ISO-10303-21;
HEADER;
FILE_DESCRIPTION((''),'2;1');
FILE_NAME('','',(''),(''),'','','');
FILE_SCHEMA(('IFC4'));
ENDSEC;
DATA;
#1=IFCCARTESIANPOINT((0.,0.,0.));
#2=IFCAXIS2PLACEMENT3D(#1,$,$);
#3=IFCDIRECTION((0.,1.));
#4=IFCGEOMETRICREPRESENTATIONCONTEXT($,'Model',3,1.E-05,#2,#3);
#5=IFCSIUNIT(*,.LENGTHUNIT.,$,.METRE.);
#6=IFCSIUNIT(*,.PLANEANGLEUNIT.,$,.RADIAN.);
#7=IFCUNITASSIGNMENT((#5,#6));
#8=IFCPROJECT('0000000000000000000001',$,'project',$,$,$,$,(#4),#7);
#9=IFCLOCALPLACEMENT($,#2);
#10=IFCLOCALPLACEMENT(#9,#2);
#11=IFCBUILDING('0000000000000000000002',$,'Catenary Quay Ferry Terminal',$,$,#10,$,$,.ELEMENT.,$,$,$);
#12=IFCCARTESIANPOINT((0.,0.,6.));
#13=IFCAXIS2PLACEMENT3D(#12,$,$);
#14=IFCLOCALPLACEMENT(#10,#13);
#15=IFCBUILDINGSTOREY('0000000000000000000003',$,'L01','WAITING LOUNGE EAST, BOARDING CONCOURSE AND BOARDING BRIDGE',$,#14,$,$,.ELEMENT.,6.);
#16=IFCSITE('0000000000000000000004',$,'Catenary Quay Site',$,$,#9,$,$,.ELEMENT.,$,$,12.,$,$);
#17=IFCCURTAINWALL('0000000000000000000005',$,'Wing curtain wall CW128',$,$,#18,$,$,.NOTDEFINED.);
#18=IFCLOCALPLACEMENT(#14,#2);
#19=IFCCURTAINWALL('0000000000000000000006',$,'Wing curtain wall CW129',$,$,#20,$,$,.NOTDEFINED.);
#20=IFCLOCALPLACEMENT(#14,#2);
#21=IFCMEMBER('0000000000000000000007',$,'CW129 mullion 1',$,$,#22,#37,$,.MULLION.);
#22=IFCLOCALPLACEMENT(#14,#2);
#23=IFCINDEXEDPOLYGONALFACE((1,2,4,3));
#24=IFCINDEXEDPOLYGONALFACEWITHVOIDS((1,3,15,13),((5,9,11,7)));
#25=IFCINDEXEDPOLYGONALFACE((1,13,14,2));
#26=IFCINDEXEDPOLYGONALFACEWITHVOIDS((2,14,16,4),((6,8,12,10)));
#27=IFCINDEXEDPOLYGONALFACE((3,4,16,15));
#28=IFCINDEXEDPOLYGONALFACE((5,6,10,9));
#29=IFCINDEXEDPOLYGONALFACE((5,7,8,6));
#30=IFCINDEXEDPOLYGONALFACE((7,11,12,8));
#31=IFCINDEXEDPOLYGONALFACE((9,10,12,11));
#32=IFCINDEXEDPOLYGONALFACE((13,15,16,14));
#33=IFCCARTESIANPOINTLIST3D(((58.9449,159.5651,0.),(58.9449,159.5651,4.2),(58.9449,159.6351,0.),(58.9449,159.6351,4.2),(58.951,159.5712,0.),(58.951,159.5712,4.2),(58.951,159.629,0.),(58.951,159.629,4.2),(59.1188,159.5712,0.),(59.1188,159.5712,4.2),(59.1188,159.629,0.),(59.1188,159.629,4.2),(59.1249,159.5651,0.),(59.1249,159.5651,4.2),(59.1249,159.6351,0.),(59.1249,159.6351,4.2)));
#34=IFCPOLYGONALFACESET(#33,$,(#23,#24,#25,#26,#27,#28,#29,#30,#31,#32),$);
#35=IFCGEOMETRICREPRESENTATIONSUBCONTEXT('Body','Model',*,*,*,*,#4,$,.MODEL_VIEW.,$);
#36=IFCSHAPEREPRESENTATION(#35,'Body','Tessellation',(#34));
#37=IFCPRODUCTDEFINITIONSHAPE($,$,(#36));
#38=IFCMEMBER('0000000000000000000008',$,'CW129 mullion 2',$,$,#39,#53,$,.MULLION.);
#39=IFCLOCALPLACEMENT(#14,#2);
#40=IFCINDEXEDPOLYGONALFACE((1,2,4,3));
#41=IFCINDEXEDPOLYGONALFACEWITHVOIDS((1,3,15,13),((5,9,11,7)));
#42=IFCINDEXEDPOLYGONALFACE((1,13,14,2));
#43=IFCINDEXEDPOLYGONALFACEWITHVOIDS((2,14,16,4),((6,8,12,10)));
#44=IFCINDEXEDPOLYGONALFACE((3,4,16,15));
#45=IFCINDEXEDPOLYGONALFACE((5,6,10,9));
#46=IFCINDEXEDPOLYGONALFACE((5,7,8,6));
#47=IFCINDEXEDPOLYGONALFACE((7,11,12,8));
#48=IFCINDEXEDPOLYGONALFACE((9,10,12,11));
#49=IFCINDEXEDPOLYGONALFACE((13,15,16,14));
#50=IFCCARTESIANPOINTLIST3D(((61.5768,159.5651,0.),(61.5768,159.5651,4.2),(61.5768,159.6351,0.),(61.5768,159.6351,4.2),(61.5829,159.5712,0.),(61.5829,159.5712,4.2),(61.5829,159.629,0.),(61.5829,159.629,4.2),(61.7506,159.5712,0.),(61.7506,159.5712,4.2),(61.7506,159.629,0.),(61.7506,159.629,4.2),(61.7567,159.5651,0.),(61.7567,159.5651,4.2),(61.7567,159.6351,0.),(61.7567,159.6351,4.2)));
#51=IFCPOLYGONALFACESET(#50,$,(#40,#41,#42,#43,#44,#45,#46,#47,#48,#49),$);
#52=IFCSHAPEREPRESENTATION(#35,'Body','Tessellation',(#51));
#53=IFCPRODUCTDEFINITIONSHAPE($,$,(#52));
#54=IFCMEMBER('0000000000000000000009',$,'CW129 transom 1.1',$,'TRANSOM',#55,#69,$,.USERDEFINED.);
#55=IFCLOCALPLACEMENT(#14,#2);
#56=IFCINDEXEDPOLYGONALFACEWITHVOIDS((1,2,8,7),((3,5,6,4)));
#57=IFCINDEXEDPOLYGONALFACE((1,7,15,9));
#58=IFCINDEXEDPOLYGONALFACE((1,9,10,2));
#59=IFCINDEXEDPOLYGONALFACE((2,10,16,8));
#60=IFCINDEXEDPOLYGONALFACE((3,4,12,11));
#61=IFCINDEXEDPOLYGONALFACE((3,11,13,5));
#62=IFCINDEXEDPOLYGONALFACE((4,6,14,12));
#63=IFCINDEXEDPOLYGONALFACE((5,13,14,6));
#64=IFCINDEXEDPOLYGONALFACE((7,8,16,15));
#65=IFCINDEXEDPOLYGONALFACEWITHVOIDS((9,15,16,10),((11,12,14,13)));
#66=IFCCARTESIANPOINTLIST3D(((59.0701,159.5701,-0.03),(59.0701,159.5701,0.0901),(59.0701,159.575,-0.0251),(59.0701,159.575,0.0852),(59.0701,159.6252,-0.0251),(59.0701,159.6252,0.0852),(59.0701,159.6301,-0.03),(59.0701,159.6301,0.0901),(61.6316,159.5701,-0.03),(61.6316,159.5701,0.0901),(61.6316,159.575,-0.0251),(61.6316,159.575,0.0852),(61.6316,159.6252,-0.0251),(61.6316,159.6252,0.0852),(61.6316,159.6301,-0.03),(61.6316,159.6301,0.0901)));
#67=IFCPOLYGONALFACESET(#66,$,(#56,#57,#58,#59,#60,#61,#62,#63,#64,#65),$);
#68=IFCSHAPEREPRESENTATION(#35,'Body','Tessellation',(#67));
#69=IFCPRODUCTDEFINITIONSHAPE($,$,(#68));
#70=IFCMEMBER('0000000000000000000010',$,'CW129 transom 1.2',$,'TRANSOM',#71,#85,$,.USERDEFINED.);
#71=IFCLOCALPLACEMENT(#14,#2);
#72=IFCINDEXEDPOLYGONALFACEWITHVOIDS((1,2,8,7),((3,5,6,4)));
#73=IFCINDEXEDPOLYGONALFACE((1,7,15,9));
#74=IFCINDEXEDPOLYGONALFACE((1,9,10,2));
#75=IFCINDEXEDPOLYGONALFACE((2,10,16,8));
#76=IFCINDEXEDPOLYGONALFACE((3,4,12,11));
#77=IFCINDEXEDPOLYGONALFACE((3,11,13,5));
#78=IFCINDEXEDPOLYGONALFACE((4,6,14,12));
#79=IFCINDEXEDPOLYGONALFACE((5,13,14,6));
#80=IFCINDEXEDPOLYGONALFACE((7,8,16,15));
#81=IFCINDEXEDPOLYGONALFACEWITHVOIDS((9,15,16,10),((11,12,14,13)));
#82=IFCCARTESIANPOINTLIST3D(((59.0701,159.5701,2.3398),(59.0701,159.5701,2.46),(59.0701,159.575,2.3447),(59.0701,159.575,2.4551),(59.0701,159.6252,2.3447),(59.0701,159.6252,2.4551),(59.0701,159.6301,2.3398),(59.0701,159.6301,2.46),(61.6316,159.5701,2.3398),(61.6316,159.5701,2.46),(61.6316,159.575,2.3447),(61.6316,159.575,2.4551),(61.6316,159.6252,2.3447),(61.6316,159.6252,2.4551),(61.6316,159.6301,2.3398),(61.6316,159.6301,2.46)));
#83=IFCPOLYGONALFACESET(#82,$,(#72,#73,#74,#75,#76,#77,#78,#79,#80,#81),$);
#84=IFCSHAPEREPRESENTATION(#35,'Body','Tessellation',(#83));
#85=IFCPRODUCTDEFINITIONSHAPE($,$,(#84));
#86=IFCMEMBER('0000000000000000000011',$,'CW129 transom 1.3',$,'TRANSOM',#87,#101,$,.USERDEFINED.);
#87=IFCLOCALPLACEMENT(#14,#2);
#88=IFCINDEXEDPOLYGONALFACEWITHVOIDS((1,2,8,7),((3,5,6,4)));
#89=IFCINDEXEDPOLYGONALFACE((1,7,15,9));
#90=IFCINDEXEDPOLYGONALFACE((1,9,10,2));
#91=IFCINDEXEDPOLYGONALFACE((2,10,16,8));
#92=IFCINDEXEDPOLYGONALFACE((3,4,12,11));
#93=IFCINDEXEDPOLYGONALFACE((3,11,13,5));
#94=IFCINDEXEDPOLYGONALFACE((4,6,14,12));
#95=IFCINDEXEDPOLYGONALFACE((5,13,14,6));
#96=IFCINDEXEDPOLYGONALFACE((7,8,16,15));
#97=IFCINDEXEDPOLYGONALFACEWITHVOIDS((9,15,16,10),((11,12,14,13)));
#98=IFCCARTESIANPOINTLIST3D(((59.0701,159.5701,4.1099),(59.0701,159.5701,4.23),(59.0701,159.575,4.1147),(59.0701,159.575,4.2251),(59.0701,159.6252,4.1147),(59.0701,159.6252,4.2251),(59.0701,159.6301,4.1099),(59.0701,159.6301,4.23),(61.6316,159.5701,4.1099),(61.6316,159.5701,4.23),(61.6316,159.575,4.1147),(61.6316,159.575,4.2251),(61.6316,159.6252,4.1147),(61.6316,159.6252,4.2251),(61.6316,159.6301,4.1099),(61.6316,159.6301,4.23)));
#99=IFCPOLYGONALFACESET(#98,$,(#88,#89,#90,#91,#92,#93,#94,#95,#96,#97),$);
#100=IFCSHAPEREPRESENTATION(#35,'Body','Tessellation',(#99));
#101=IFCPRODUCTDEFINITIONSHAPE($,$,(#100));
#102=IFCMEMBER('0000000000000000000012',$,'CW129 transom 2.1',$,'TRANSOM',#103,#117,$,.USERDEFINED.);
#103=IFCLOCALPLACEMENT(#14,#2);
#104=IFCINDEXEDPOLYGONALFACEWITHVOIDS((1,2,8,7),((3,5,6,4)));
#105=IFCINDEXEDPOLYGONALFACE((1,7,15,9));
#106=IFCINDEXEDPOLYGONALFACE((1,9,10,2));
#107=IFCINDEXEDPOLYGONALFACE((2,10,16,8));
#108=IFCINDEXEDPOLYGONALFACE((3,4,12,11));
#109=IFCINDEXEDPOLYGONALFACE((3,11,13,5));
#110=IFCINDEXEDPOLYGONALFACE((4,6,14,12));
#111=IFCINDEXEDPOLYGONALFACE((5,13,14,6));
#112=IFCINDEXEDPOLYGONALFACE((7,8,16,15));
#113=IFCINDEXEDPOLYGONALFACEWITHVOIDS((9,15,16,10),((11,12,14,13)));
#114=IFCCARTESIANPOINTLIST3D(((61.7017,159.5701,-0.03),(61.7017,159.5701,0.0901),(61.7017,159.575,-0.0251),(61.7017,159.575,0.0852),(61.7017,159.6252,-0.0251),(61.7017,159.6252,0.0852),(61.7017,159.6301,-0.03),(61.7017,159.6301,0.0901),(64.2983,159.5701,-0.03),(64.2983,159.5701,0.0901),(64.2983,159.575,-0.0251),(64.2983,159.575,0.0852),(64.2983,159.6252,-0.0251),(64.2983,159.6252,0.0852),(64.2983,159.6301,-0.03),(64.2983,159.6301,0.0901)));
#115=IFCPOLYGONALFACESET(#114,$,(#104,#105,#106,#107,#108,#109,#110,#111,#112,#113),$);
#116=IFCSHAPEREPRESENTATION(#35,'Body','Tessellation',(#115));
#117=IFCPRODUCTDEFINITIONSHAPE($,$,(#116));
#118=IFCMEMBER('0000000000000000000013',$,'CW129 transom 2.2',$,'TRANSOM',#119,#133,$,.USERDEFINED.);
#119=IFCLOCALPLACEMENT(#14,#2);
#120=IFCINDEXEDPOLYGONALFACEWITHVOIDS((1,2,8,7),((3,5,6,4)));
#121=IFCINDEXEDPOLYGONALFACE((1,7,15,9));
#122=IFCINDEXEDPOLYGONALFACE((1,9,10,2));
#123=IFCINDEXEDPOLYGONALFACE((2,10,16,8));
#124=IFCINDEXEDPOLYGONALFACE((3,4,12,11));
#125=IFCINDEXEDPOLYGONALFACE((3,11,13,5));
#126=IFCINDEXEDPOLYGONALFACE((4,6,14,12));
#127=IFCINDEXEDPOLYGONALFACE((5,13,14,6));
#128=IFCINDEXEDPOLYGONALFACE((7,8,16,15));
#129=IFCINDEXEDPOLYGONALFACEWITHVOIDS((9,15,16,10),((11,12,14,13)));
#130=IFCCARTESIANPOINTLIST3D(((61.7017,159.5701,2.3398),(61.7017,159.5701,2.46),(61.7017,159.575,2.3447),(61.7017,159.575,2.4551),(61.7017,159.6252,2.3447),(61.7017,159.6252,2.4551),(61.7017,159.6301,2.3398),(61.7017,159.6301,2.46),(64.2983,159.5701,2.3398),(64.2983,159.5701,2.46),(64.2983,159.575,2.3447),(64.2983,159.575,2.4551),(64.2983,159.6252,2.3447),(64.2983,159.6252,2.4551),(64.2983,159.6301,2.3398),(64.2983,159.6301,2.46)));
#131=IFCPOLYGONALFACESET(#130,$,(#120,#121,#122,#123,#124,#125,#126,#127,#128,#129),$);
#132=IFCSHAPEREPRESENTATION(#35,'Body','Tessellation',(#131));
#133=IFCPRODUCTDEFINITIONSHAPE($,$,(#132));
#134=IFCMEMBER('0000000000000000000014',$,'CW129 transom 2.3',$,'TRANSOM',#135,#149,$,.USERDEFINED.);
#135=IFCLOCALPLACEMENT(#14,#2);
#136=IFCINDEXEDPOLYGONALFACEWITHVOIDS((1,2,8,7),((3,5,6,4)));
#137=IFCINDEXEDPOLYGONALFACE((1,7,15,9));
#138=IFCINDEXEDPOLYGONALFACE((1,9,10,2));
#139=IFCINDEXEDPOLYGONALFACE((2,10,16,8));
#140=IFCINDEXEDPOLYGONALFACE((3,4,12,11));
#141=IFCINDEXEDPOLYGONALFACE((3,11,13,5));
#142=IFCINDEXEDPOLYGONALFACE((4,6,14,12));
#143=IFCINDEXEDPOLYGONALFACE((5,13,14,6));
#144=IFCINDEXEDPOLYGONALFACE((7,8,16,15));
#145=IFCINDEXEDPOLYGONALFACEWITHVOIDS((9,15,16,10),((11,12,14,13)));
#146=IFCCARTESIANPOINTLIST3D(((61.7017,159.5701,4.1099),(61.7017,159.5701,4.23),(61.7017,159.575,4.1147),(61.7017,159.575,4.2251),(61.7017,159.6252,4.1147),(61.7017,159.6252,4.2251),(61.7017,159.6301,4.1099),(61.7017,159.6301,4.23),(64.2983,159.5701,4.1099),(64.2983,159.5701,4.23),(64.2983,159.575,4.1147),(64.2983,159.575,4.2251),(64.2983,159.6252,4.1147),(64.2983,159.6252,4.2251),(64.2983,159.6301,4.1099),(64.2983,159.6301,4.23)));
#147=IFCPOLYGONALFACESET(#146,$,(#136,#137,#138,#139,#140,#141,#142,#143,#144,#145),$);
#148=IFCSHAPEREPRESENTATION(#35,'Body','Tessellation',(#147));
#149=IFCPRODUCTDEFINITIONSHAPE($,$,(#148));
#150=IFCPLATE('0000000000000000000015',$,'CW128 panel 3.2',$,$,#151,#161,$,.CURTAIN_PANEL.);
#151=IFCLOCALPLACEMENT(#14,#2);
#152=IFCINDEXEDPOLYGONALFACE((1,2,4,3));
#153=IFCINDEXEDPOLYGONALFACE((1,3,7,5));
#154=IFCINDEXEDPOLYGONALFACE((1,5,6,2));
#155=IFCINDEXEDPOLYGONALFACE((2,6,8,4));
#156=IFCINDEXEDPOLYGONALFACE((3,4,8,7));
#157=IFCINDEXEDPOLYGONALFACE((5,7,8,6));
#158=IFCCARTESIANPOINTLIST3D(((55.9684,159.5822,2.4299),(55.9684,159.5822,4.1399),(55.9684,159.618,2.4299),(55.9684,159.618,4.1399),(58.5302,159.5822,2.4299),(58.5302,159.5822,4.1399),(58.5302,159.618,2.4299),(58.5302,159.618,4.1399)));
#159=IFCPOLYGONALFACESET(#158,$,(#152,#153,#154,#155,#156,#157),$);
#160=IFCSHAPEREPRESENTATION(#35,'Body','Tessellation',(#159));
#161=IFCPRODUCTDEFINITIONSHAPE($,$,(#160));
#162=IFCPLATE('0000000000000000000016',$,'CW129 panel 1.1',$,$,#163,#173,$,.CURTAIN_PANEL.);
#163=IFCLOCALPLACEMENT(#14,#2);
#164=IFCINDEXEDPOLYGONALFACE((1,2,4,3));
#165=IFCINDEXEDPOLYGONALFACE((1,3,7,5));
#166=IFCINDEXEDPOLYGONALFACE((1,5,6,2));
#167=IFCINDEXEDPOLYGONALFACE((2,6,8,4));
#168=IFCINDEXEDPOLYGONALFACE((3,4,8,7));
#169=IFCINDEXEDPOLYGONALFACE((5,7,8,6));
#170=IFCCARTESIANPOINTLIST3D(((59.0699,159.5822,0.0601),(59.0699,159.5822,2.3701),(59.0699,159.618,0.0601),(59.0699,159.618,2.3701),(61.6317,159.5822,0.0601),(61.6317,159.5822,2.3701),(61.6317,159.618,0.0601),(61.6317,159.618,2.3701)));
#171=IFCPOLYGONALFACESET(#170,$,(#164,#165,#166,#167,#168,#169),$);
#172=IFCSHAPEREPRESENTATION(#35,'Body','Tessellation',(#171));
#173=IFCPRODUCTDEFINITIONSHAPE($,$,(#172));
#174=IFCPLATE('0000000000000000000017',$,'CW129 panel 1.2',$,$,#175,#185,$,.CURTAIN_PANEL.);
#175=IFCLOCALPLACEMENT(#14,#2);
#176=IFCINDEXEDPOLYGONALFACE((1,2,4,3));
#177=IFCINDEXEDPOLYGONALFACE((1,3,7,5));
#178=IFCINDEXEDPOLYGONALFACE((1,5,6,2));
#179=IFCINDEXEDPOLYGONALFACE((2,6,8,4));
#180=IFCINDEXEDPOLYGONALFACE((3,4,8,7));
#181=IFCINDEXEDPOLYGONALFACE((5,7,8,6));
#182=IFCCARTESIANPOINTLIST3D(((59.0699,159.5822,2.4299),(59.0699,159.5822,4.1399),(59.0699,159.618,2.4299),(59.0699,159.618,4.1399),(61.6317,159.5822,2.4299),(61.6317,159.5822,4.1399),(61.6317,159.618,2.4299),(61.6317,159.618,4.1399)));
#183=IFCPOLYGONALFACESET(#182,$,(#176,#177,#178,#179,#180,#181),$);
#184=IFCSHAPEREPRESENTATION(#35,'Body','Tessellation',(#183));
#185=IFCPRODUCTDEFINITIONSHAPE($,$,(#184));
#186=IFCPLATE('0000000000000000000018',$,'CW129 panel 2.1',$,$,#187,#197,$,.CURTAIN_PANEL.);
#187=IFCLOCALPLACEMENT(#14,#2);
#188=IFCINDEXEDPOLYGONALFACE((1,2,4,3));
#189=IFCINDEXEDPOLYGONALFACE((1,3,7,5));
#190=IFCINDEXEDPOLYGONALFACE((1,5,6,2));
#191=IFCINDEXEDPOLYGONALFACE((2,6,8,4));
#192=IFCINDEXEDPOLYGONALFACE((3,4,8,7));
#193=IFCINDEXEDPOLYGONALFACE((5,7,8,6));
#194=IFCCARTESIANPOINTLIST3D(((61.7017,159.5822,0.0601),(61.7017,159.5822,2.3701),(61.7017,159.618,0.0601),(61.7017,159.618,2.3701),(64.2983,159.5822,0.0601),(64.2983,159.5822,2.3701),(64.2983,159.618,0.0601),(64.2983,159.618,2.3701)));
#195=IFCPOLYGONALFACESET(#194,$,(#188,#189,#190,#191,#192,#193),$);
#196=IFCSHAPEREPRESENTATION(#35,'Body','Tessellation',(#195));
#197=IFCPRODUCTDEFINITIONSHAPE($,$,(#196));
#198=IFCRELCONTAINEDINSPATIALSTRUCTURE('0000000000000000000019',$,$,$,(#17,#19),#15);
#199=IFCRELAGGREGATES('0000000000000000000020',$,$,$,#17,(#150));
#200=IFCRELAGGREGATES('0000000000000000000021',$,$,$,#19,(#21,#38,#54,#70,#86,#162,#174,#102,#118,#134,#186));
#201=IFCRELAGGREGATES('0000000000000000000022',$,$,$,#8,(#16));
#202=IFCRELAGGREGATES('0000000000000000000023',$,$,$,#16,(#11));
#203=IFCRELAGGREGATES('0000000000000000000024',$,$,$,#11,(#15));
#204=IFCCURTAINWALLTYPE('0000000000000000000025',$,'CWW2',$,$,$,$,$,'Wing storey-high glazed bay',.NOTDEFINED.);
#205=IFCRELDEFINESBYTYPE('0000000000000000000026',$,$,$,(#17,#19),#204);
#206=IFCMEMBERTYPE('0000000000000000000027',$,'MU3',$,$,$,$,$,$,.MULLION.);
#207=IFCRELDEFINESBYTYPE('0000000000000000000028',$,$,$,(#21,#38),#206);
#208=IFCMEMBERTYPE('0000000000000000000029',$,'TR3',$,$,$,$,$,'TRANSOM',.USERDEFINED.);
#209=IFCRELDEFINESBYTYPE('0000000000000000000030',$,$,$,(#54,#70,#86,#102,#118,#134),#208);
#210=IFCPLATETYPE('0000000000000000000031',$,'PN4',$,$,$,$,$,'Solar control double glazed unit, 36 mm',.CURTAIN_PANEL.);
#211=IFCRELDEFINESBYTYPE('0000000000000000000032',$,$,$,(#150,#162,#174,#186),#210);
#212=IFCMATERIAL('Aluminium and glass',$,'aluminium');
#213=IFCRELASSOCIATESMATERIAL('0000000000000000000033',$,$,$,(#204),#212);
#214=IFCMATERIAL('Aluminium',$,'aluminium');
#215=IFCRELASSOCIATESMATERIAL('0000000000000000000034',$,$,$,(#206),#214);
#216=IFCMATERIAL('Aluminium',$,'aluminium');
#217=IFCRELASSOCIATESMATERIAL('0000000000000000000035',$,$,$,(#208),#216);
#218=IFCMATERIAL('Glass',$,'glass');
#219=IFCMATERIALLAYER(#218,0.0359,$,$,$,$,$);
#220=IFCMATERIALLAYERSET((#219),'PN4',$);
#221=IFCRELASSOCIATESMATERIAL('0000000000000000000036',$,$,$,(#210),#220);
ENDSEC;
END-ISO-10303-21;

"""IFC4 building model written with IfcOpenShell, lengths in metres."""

from ifc_helpers import new_model, si_unit, direction, frame, origin, origin_2d, place, context, subcontext, project, spatial, rectangle, hollow_rectangle, extrude, material, layer, layer_set, material_profile, profile_set, type_object, element, aggregate, save


model = new_model("IFC4")

# Units and contexts
model_context = context("Model", 3, precision=1e-05, world=origin(), true_north=direction((0.0, 1.0)))
body_context = subcontext(model_context, "Body", "Model", "MODEL_VIEW")
ifc_project = project(units=[si_unit("LENGTHUNIT", "METRE"), si_unit("PLANEANGLEUNIT", "RADIAN")], contexts=[model_context])

# Site, building, storey
site_placement = place(None, origin())
site = spatial("IfcSite", under=ifc_project, at=site_placement, Name="Catenary Quay Site", CompositionType="ELEMENT", RefElevation=12.0)
building_placement = place(site_placement, origin())
building = spatial("IfcBuilding", under=site, at=building_placement, Name="Catenary Quay Ferry Terminal", CompositionType="ELEMENT")
storey_placement = place(building_placement, frame((0.0, 0.0, 6.0)))
storey = spatial("IfcBuildingStorey", under=building, at=storey_placement, Name="L01", Description="WAITING LOUNGE EAST, BOARDING CONCOURSE AND BOARDING BRIDGE", CompositionType="ELEMENT", Elevation=6.0)

# Curtain wall
ifc_material_1 = material(Name="Aluminium and glass", Category="aluminium")
curtain_wall_type = type_object("IfcCurtainWallType", Name="CWW2", ElementType="Wing storey-high glazed bay", PredefinedType="NOTDEFINED", material=ifc_material_1)
curtain_wall_1_placement = place(storey_placement, origin())
curtain_wall_1 = element("IfcCurtainWall", 1, at=curtain_wall_1_placement, inside=storey, type_object=curtain_wall_type, Name="Wing curtain wall CW128", PredefinedType="NOTDEFINED")
ifc_material_2 = material(Name="Aluminium", Category="aluminium")
ifc_material_profile_1 = material_profile(ifc_material_2, hollow_rectangle(XDim=0.0701, YDim=0.1799, WallThickness=0.0061, at=origin_2d()), Name="MU3")
ifc_profile_set_1 = profile_set([ifc_material_profile_1], Name="Aluminium")
member_type_1 = type_object("IfcMemberType", Name="MU3", PredefinedType="MULLION", material=ifc_profile_set_1)

# Curtain wall, members
curtain_wall_2_placement = place(storey_placement, origin())
curtain_wall_2 = element("IfcCurtainWall", 2, at=curtain_wall_2_placement, inside=storey, type_object=curtain_wall_type, Name="Wing curtain wall CW129", PredefinedType="NOTDEFINED")
member_1_placement = place(storey_placement, frame((59.0349, 159.6001, 0.0), z_axis=(0.0, 0.0, 1.0), x_axis=(0.0, 1.0, 0.0)))
member_1 = element("IfcMember", 3, at=member_1_placement, type_object=member_type_1, Name="CW129 mullion 1", PredefinedType="MULLION", context=body_context, shape_type="SweptSolid", body=[
    extrude(hollow_rectangle(XDim=0.0701, YDim=0.1799, WallThickness=0.0061, at=origin_2d()), origin(), (0.0, 0.0, 1.0), 4.2),
])
member_2_placement = place(storey_placement, frame((61.6667, 159.6001, 0.0), z_axis=(0.0, 0.0, 1.0), x_axis=(0.0, 1.0, 0.0)))
member_2 = element("IfcMember", 4, at=member_2_placement, type_object=member_type_1, Name="CW129 mullion 2", PredefinedType="MULLION", context=body_context, shape_type="SweptSolid", body=[
    extrude(hollow_rectangle(XDim=0.0701, YDim=0.1799, WallThickness=0.0061, at=origin_2d()), origin(), (0.0, 0.0, 1.0), 4.2),
])
ifc_material_3 = material(Name="Aluminium", Category="aluminium")
ifc_material_profile_2 = material_profile(ifc_material_3, hollow_rectangle(XDim=0.0601, YDim=0.1201, WallThickness=0.0049, at=origin_2d()), Name="TR3")
ifc_profile_set_2 = profile_set([ifc_material_profile_2], Name="Aluminium")
member_type_2 = type_object("IfcMemberType", Name="TR3", ElementType="TRANSOM", PredefinedType="USERDEFINED", material=ifc_profile_set_2)
member_3_placement = place(storey_placement, frame((59.0701, 159.6001, 0.03), z_axis=(1.0, 0.0, 0.0), x_axis=(0.0, 1.0, 0.0)))
member_3 = element("IfcMember", 5, at=member_3_placement, type_object=member_type_2, Name="CW129 transom 1.1", ObjectType="TRANSOM", PredefinedType="USERDEFINED", context=body_context, shape_type="SweptSolid", body=[
    extrude(hollow_rectangle(XDim=0.0601, YDim=0.1201, WallThickness=0.0049, at=origin_2d()), origin(), (0.0, 0.0, 1.0), 2.5615),
])
member_4_placement = place(storey_placement, frame((59.0701, 159.6001, 2.3999), z_axis=(1.0, 0.0, 0.0), x_axis=(0.0, 1.0, 0.0)))
member_4 = element("IfcMember", 6, at=member_4_placement, type_object=member_type_2, Name="CW129 transom 1.2", ObjectType="TRANSOM", PredefinedType="USERDEFINED", context=body_context, shape_type="SweptSolid", body=[
    extrude(hollow_rectangle(XDim=0.0601, YDim=0.1201, WallThickness=0.0049, at=origin_2d()), origin(), (0.0, 0.0, 1.0), 2.5615),
])
member_5_placement = place(storey_placement, frame((59.0701, 159.6001, 4.1699), z_axis=(1.0, 0.0, 0.0), x_axis=(0.0, 1.0, 0.0)))
member_5 = element("IfcMember", 7, at=member_5_placement, type_object=member_type_2, Name="CW129 transom 1.3", ObjectType="TRANSOM", PredefinedType="USERDEFINED", context=body_context, shape_type="SweptSolid", body=[
    extrude(hollow_rectangle(XDim=0.0601, YDim=0.1201, WallThickness=0.0049, at=origin_2d()), origin(), (0.0, 0.0, 1.0), 2.5615),
])
member_6_placement = place(storey_placement, frame((61.7017, 159.6001, 0.03), z_axis=(1.0, 0.0, 0.0), x_axis=(0.0, 1.0, 0.0)))
member_6 = element("IfcMember", 8, at=member_6_placement, type_object=member_type_2, Name="CW129 transom 2.1", ObjectType="TRANSOM", PredefinedType="USERDEFINED", context=body_context, shape_type="SweptSolid", body=[
    extrude(hollow_rectangle(XDim=0.0601, YDim=0.1201, WallThickness=0.0049, at=origin_2d()), origin(), (0.0, 0.0, 1.0), 2.5967),
])
member_7_placement = place(storey_placement, frame((61.7017, 159.6001, 2.3999), z_axis=(1.0, 0.0, 0.0), x_axis=(0.0, 1.0, 0.0)))
member_7 = element("IfcMember", 9, at=member_7_placement, type_object=member_type_2, Name="CW129 transom 2.2", ObjectType="TRANSOM", PredefinedType="USERDEFINED", context=body_context, shape_type="SweptSolid", body=[
    extrude(hollow_rectangle(XDim=0.0601, YDim=0.1201, WallThickness=0.0049, at=origin_2d()), origin(), (0.0, 0.0, 1.0), 2.5967),
])
member_8_placement = place(storey_placement, frame((61.7017, 159.6001, 4.1699), z_axis=(1.0, 0.0, 0.0), x_axis=(0.0, 1.0, 0.0)))
member_8 = element("IfcMember", 10, at=member_8_placement, type_object=member_type_2, Name="CW129 transom 2.3", ObjectType="TRANSOM", PredefinedType="USERDEFINED", context=body_context, shape_type="SweptSolid", body=[
    extrude(hollow_rectangle(XDim=0.0601, YDim=0.1201, WallThickness=0.0049, at=origin_2d()), origin(), (0.0, 0.0, 1.0), 2.5967),
])

# Plates
ifc_material_4 = material(Name="Glass", Category="glass")
ifc_layer_1 = layer(ifc_material_4, 0.0359)
ifc_layer_set_1 = layer_set([ifc_layer_1], Name="PN4")
plate_type = type_object("IfcPlateType", Name="PN4", ElementType="Solar control double glazed unit, 36 mm", PredefinedType="CURTAIN_PANEL", material=ifc_layer_set_1)
plate_1_placement = place(storey_placement, frame((57.2493, 159.6001, 2.4299), z_axis=(0.0, 0.0, 1.0), x_axis=(1.0, 0.0, 0.0)))
plate_1 = element("IfcPlate", 11, at=plate_1_placement, type_object=plate_type, Name="CW128 panel 3.2", PredefinedType="CURTAIN_PANEL", context=body_context, shape_type="SweptSolid", body=[
    extrude(rectangle(XDim=2.5618, YDim=0.0359, at=origin_2d()), origin(), (0.0, 0.0, 1.0), 1.71),
])
aggregate(curtain_wall_1, [plate_1])
plate_2_placement = place(storey_placement, frame((60.3508, 159.6001, 0.0601), z_axis=(0.0, 0.0, 1.0), x_axis=(1.0, 0.0, 0.0)))
plate_2 = element("IfcPlate", 12, at=plate_2_placement, type_object=plate_type, Name="CW129 panel 1.1", PredefinedType="CURTAIN_PANEL", context=body_context, shape_type="SweptSolid", body=[
    extrude(rectangle(XDim=2.5618, YDim=0.0359, at=origin_2d()), origin(), (0.0, 0.0, 1.0), 2.3101),
])
plate_3_placement = place(storey_placement, frame((60.3508, 159.6001, 2.4299), z_axis=(0.0, 0.0, 1.0), x_axis=(1.0, 0.0, 0.0)))
plate_3 = element("IfcPlate", 13, at=plate_3_placement, type_object=plate_type, Name="CW129 panel 1.2", PredefinedType="CURTAIN_PANEL", context=body_context, shape_type="SweptSolid", body=[
    extrude(rectangle(XDim=2.5618, YDim=0.0359, at=origin_2d()), origin(), (0.0, 0.0, 1.0), 1.71),
])
plate_4_placement = place(storey_placement, frame((63.0, 159.6001, 0.0601), z_axis=(0.0, 0.0, 1.0), x_axis=(1.0, 0.0, 0.0)))
plate_4 = element("IfcPlate", 14, at=plate_4_placement, type_object=plate_type, Name="CW129 panel 2.1", PredefinedType="CURTAIN_PANEL", context=body_context, shape_type="SweptSolid", body=[
    extrude(rectangle(XDim=2.5967, YDim=0.0359, at=origin_2d()), origin(), (0.0, 0.0, 1.0), 2.3101),
])
aggregate(curtain_wall_2, [member_1, member_2, member_3, member_4, member_5, plate_2, plate_3, member_6, member_7, member_8, plate_4])

save(model, "model.ifc")
